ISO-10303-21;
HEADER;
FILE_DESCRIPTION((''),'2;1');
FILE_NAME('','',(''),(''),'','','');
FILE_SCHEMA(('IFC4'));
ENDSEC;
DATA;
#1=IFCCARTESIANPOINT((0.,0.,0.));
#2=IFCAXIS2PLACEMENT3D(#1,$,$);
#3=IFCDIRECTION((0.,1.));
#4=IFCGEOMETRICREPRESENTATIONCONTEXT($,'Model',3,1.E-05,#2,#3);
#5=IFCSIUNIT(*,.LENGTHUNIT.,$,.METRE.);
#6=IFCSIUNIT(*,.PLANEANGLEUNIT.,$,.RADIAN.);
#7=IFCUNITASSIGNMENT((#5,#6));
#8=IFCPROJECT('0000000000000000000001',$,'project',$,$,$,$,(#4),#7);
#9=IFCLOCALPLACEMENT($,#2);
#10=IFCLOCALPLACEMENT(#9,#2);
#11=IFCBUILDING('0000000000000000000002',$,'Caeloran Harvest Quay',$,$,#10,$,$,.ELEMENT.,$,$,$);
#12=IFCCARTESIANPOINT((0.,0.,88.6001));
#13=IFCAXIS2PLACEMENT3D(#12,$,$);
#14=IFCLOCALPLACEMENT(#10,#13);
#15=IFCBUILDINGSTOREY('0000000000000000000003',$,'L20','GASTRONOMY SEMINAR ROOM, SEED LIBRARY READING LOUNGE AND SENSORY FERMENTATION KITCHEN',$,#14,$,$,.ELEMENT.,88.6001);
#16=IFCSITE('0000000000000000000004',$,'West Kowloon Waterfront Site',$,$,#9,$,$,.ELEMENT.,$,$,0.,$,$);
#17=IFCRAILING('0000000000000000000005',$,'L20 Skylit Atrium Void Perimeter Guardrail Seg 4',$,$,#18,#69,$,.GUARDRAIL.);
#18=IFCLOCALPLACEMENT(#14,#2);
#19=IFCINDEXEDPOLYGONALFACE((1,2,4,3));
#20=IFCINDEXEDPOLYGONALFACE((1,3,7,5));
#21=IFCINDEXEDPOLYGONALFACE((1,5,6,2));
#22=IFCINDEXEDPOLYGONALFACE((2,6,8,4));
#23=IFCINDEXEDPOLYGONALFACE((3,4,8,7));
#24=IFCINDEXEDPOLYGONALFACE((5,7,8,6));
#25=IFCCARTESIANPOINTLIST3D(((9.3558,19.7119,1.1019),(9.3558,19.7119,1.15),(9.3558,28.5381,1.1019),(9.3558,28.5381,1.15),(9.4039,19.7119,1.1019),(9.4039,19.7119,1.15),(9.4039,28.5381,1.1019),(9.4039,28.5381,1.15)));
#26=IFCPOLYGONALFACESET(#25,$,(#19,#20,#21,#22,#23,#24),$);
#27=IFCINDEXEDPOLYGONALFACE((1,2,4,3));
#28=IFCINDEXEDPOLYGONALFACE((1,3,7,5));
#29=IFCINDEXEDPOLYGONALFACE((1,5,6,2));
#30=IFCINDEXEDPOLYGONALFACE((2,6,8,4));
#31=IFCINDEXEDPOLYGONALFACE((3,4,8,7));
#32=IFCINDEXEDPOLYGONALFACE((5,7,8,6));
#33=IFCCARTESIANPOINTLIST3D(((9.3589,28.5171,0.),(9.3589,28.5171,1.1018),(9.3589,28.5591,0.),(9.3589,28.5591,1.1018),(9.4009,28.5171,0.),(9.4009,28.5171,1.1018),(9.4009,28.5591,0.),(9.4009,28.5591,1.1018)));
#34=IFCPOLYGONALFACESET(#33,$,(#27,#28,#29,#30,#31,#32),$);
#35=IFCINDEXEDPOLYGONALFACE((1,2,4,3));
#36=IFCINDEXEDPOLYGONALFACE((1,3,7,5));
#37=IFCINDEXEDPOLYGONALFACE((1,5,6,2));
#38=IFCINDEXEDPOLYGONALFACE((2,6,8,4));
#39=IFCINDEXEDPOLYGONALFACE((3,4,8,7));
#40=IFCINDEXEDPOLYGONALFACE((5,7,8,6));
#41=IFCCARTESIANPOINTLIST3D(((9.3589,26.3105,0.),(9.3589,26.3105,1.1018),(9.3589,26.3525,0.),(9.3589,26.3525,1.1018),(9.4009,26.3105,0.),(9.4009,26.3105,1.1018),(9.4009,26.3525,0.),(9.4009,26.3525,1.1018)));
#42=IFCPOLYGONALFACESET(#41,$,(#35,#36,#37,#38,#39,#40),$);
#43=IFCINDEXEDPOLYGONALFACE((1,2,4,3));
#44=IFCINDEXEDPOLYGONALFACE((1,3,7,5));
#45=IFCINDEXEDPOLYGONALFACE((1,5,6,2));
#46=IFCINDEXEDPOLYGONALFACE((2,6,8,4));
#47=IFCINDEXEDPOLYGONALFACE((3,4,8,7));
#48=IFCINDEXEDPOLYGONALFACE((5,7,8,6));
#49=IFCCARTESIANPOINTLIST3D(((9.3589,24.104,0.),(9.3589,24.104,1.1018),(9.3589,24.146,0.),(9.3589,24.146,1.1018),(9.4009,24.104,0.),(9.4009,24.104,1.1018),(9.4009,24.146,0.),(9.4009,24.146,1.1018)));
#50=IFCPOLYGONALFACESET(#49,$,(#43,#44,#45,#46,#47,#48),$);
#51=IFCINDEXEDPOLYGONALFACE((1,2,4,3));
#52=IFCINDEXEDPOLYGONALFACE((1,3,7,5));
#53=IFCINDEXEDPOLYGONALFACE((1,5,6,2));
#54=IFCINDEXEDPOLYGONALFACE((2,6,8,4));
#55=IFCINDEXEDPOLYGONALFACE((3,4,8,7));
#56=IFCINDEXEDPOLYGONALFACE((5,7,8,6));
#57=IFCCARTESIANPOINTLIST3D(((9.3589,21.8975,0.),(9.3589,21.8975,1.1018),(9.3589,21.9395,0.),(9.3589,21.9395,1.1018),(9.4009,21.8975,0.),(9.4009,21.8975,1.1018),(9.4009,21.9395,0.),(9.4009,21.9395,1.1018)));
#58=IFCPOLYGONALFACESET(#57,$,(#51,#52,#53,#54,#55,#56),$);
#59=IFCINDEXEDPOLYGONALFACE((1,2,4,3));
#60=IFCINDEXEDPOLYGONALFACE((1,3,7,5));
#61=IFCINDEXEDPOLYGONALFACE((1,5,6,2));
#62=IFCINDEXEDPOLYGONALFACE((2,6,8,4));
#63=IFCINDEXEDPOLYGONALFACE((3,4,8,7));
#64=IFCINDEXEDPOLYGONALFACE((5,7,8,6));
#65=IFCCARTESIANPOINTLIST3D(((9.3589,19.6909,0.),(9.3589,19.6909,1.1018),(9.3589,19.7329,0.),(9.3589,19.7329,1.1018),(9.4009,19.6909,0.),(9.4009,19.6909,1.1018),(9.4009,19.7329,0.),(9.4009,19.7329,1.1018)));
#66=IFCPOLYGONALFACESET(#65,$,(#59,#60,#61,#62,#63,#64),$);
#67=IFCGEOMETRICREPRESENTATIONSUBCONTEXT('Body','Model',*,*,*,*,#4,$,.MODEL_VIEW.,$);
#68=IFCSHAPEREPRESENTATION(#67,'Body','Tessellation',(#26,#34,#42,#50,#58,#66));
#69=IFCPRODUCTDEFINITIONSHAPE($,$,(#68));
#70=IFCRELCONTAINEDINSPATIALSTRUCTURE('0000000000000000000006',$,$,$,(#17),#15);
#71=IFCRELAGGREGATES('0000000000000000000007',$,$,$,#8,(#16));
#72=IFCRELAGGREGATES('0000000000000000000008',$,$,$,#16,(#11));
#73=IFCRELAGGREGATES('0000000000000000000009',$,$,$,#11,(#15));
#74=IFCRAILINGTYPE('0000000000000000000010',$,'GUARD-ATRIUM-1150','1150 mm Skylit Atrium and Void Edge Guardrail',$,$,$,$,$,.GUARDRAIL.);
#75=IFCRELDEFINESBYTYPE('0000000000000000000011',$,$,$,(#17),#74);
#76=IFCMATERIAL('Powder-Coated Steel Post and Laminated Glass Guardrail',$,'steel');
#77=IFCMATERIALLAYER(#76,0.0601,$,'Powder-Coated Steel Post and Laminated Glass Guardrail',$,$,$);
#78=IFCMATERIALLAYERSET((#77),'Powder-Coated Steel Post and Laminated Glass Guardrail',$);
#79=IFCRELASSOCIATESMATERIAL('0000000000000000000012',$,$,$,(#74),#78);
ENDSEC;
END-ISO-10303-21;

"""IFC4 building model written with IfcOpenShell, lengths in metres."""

from ifc_helpers import new_model, si_unit, direction, frame, origin, origin_2d, place, context, subcontext, project, spatial, rectangle, extrude, material, layer, layer_set, type_object, element, save


model = new_model("IFC4")

# Units and contexts
model_context = context("Model", 3, precision=1e-05, world=origin(), true_north=direction((0.0, 1.0)))
body_context = subcontext(model_context, "Body", "Model", "MODEL_VIEW")
ifc_project = project(units=[si_unit("LENGTHUNIT", "METRE"), si_unit("PLANEANGLEUNIT", "RADIAN")], contexts=[model_context])

# Site, building, storey
site_placement = place(None, origin())
site = spatial("IfcSite", under=ifc_project, at=site_placement, Name="West Kowloon Waterfront Site", CompositionType="ELEMENT", RefElevation=0.0)
building_placement = place(site_placement, origin())
building = spatial("IfcBuilding", under=site, at=building_placement, Name="Caeloran Harvest Quay", CompositionType="ELEMENT")
storey_placement = place(building_placement, frame((0.0, 0.0, 88.6001)))
storey = spatial("IfcBuildingStorey", under=building, at=storey_placement, Name="L20", Description="GASTRONOMY SEMINAR ROOM, SEED LIBRARY READING LOUNGE AND SENSORY FERMENTATION KITCHEN", CompositionType="ELEMENT", Elevation=88.6001)

# Railing
ifc_material_1 = material(Name="Powder-Coated Steel Post and Laminated Glass Guardrail", Category="steel")
ifc_layer_1 = layer(ifc_material_1, 0.0601, Name="Powder-Coated Steel Post and Laminated Glass Guardrail")
ifc_layer_set_1 = layer_set([ifc_layer_1], Name="Powder-Coated Steel Post and Laminated Glass Guardrail")
railing_type = type_object("IfcRailingType", Name="GUARD-ATRIUM-1150", Description="1150 mm Skylit Atrium and Void Edge Guardrail", PredefinedType="GUARDRAIL", material=ifc_layer_set_1)
railing_placement = place(storey_placement, frame((9.3799, 28.5381, 0.0)))
element("IfcRailing", 1, at=railing_placement, inside=storey, type_object=railing_type, Name="L20 Skylit Atrium Void Perimeter Guardrail Seg 4", PredefinedType="GUARDRAIL", context=body_context, shape_type="SweptSolid", body=[
    extrude(rectangle(XDim=0.0481, YDim=0.0481, at=origin_2d()), frame((0.0, 0.0, 1.126), z_axis=(0.0, -1.0, 0.0), x_axis=(1.0, 0.0, 0.0)), (0.0, 0.0, 1.0), 8.8262),
    extrude(rectangle(XDim=0.042, YDim=0.042, at=origin_2d()), origin(), (0.0, 0.0, 1.0), 1.1018),
    extrude(rectangle(XDim=0.042, YDim=0.042, at=origin_2d()), frame((0.0, -2.2065, 0.0)), (0.0, 0.0, 1.0), 1.1018),
    extrude(rectangle(XDim=0.042, YDim=0.042, at=origin_2d()), frame((0.0, -4.4131, 0.0)), (0.0, 0.0, 1.0), 1.1018),
    extrude(rectangle(XDim=0.042, YDim=0.042, at=origin_2d()), frame((0.0, -6.6196, 0.0)), (0.0, 0.0, 1.0), 1.1018),
    extrude(rectangle(XDim=0.042, YDim=0.042, at=origin_2d()), frame((0.0, -8.8262, 0.0)), (0.0, 0.0, 1.0), 1.1018),
])

save(model, "model.ifc")
